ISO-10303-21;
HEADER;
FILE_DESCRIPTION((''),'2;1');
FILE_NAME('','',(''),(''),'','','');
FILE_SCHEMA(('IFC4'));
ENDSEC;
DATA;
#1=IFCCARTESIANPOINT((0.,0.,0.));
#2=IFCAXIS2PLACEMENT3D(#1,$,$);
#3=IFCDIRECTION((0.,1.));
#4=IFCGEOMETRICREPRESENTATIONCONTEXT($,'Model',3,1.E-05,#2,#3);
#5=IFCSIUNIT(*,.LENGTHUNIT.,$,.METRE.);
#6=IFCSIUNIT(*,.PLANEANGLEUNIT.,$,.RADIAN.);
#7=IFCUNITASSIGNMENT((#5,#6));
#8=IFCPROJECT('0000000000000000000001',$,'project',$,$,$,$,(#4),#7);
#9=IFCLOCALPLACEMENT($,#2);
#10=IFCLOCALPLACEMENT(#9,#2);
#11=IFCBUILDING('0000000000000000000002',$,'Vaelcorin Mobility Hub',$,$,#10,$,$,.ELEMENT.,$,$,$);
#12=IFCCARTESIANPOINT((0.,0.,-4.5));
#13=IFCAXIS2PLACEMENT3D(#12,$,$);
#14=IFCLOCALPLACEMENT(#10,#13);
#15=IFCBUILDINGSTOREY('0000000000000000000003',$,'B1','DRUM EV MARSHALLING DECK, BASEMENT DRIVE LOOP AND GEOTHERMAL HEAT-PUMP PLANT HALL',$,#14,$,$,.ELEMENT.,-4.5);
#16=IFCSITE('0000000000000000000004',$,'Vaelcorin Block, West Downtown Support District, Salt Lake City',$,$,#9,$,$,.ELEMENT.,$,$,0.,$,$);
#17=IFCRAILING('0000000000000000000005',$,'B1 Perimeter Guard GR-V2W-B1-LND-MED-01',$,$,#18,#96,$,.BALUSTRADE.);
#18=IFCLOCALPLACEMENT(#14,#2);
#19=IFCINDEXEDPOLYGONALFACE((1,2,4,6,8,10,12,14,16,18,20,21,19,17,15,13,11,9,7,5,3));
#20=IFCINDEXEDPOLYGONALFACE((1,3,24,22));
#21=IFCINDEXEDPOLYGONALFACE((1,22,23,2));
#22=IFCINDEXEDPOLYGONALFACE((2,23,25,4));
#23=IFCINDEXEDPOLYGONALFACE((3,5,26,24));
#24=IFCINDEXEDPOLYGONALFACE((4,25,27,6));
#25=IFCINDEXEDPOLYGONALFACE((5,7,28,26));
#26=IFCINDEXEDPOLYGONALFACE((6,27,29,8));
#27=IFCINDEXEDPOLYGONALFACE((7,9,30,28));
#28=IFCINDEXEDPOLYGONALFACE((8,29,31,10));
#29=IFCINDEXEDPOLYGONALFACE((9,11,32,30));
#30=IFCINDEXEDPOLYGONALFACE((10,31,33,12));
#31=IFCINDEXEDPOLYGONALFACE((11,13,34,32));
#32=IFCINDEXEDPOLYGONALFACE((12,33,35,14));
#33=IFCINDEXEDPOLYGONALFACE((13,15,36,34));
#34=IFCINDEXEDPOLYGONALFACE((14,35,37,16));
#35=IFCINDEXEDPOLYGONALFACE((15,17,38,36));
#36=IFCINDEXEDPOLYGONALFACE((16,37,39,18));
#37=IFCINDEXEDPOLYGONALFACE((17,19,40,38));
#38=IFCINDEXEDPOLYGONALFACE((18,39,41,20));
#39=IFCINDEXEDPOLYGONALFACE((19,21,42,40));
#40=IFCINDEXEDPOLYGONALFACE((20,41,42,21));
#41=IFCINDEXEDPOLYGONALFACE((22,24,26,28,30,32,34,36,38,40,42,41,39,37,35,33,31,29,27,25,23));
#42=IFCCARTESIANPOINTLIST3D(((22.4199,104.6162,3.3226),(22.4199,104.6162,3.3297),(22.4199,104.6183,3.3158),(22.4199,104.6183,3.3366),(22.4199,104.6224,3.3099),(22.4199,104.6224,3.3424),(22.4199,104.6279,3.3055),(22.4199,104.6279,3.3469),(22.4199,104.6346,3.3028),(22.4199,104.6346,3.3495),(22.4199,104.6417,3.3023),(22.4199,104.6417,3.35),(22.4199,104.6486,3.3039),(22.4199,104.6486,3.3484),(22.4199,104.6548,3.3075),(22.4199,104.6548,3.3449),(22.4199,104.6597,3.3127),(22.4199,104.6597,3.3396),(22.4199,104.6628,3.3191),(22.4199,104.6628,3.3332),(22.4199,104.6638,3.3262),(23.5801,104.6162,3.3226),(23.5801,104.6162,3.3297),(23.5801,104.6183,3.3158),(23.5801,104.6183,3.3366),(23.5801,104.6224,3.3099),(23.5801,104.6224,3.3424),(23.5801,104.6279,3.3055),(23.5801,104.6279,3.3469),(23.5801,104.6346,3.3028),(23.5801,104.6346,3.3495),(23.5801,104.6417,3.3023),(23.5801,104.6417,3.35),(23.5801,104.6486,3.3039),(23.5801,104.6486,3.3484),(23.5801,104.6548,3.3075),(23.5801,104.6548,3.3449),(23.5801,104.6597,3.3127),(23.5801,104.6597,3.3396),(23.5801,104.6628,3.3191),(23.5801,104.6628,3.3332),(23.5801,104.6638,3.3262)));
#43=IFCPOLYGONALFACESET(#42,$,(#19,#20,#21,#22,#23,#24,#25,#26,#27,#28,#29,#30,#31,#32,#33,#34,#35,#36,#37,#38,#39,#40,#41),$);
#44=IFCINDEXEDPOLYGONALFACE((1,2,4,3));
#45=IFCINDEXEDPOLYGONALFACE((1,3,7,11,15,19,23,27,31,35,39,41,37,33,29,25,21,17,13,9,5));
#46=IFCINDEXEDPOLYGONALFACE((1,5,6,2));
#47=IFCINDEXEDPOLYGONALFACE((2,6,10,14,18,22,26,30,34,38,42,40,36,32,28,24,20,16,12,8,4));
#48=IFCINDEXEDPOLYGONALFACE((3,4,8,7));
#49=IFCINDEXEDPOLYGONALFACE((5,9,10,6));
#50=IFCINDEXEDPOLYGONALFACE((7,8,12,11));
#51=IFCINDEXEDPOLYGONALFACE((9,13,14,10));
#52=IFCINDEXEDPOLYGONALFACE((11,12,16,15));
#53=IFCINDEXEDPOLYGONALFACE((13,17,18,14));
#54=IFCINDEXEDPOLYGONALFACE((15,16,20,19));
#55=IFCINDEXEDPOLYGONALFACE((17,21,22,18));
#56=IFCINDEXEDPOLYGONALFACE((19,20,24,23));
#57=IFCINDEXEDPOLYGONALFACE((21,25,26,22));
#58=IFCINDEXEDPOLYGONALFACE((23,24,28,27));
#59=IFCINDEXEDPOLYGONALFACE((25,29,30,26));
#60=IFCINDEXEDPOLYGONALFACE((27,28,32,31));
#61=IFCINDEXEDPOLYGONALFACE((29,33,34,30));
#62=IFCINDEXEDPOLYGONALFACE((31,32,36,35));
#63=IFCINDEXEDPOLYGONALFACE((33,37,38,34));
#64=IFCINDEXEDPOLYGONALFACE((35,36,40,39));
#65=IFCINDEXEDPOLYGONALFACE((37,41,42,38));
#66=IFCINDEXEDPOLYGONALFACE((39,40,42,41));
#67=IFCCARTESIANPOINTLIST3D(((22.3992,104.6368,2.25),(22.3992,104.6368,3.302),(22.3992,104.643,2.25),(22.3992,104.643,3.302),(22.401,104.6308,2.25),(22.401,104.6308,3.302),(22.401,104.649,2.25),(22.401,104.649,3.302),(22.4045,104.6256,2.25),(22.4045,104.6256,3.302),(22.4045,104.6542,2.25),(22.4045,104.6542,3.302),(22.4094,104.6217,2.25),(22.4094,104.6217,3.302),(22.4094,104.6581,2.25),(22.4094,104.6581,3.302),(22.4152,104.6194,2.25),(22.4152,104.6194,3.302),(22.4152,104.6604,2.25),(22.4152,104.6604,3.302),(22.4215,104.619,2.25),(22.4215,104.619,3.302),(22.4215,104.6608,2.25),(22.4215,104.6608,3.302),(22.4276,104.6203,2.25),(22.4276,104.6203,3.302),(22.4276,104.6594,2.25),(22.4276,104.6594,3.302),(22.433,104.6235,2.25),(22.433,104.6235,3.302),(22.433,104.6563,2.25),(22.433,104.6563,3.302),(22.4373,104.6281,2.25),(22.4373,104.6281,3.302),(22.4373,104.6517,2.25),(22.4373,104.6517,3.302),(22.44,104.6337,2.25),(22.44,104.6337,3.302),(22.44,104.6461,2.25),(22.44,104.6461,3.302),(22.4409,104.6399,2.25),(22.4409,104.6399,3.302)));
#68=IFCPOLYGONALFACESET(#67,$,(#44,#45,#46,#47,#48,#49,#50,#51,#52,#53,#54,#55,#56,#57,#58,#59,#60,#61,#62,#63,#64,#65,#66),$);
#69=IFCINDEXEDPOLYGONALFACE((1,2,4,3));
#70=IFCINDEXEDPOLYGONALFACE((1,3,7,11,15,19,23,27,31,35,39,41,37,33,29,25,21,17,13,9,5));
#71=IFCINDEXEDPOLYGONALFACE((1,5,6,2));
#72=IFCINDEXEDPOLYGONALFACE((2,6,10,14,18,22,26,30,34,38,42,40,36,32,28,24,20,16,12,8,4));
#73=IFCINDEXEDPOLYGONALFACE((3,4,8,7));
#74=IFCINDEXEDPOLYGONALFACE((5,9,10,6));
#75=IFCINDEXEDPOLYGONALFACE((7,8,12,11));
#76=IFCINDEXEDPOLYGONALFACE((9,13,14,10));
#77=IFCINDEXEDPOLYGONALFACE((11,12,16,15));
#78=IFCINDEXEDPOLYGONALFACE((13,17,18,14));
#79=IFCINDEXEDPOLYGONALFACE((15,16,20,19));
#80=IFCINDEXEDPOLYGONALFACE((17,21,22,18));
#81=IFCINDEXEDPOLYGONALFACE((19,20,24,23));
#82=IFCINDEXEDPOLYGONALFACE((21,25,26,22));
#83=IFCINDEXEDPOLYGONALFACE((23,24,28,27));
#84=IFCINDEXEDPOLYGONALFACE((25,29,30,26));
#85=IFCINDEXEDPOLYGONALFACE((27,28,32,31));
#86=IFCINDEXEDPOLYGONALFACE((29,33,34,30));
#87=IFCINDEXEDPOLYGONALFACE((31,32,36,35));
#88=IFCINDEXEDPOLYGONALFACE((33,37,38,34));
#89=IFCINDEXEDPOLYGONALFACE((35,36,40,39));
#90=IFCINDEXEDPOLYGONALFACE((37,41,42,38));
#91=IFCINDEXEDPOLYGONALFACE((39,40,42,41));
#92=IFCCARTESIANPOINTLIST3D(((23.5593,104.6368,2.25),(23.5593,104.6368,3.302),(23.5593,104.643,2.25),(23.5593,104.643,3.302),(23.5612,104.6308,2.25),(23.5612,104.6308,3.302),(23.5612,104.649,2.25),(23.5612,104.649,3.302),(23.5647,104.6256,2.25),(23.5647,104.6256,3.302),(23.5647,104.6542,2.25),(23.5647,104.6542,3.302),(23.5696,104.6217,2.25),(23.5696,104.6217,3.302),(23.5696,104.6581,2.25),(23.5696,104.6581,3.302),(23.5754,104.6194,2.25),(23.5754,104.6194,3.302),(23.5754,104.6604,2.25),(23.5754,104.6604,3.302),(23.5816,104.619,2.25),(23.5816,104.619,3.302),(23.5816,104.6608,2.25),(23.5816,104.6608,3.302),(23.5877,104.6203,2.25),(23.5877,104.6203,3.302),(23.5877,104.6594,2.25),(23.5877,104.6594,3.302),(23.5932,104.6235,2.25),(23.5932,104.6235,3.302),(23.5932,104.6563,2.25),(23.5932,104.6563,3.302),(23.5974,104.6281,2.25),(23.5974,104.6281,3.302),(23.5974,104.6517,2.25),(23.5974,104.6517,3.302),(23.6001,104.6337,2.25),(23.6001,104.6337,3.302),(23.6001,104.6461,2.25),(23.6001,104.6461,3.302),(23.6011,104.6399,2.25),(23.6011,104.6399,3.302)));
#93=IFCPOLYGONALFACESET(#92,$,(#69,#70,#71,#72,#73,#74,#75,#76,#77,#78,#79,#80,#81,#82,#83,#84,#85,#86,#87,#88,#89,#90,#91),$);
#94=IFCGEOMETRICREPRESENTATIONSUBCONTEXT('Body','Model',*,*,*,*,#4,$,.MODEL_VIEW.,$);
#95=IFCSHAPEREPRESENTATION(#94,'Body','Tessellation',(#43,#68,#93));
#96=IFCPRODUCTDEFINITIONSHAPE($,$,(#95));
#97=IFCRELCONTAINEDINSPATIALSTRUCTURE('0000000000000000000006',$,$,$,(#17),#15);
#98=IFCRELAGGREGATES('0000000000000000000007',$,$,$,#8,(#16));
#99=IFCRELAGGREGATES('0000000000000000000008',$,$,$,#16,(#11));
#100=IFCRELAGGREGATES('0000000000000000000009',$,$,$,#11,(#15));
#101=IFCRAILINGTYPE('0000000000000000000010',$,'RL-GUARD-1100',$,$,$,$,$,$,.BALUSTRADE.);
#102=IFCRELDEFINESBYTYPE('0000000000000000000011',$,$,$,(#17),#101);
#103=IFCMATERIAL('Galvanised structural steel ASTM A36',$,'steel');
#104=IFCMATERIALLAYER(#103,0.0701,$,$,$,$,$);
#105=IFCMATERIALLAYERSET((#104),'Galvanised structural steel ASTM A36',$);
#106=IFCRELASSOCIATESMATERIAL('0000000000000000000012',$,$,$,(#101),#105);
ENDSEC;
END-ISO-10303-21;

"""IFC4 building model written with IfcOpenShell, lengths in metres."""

from ifc_helpers import new_model, si_unit, direction, frame, origin, origin_2d, place, context, subcontext, project, spatial, circle, extrude, material, layer, layer_set, type_object, element, save


model = new_model("IFC4")

# Units and contexts
model_context = context("Model", 3, precision=1e-05, world=origin(), true_north=direction((0.0, 1.0)))
body_context = subcontext(model_context, "Body", "Model", "MODEL_VIEW")
ifc_project = project(units=[si_unit("LENGTHUNIT", "METRE"), si_unit("PLANEANGLEUNIT", "RADIAN")], contexts=[model_context])

# Site, building, storey
site_placement = place(None, origin())
site = spatial("IfcSite", under=ifc_project, at=site_placement, Name="Vaelcorin Block, West Downtown Support District, Salt Lake City", CompositionType="ELEMENT", RefElevation=0.0)
building_placement = place(site_placement, origin())
building = spatial("IfcBuilding", under=site, at=building_placement, Name="Vaelcorin Mobility Hub", CompositionType="ELEMENT")
storey_placement = place(building_placement, frame((0.0, 0.0, -4.5)))
storey = spatial("IfcBuildingStorey", under=building, at=storey_placement, Name="B1", Description="DRUM EV MARSHALLING DECK, BASEMENT DRIVE LOOP AND GEOTHERMAL HEAT-PUMP PLANT HALL", CompositionType="ELEMENT", Elevation=-4.5)

# Railing
ifc_material_1 = material(Name="Galvanised structural steel ASTM A36", Category="steel")
ifc_layer_1 = layer(ifc_material_1, 0.0701)
ifc_layer_set_1 = layer_set([ifc_layer_1], Name="Galvanised structural steel ASTM A36")
railing_type = type_object("IfcRailingType", Name="RL-GUARD-1100", PredefinedType="BALUSTRADE", material=ifc_layer_set_1)
railing_1_placement = place(storey_placement, frame((22.4199, 104.6399, 2.25)))
element("IfcRailing", 1, at=railing_1_placement, inside=storey, type_object=railing_type, Name="B1 Perimeter Guard GR-V2W-B1-LND-MED-01", PredefinedType="BALUSTRADE", context=body_context, shape_type="SweptSolid", body=[
    extrude(circle(Radius=0.0239, at=origin_2d()), frame((0.0, 0.0, 1.0762), z_axis=(1.0, 0.0, 0.0), x_axis=(0.0, 1.0, 0.0)), (0.0, 0.0, 1.0), 1.1602),
    extrude(circle(Radius=0.021, at=origin_2d()), origin(), (0.0, 0.0, 1.0), 1.052),
    extrude(circle(Radius=0.021, at=origin_2d()), frame((1.1602, 0.0, 0.0)), (0.0, 0.0, 1.0), 1.052),
])

save(model, "model.ifc")
